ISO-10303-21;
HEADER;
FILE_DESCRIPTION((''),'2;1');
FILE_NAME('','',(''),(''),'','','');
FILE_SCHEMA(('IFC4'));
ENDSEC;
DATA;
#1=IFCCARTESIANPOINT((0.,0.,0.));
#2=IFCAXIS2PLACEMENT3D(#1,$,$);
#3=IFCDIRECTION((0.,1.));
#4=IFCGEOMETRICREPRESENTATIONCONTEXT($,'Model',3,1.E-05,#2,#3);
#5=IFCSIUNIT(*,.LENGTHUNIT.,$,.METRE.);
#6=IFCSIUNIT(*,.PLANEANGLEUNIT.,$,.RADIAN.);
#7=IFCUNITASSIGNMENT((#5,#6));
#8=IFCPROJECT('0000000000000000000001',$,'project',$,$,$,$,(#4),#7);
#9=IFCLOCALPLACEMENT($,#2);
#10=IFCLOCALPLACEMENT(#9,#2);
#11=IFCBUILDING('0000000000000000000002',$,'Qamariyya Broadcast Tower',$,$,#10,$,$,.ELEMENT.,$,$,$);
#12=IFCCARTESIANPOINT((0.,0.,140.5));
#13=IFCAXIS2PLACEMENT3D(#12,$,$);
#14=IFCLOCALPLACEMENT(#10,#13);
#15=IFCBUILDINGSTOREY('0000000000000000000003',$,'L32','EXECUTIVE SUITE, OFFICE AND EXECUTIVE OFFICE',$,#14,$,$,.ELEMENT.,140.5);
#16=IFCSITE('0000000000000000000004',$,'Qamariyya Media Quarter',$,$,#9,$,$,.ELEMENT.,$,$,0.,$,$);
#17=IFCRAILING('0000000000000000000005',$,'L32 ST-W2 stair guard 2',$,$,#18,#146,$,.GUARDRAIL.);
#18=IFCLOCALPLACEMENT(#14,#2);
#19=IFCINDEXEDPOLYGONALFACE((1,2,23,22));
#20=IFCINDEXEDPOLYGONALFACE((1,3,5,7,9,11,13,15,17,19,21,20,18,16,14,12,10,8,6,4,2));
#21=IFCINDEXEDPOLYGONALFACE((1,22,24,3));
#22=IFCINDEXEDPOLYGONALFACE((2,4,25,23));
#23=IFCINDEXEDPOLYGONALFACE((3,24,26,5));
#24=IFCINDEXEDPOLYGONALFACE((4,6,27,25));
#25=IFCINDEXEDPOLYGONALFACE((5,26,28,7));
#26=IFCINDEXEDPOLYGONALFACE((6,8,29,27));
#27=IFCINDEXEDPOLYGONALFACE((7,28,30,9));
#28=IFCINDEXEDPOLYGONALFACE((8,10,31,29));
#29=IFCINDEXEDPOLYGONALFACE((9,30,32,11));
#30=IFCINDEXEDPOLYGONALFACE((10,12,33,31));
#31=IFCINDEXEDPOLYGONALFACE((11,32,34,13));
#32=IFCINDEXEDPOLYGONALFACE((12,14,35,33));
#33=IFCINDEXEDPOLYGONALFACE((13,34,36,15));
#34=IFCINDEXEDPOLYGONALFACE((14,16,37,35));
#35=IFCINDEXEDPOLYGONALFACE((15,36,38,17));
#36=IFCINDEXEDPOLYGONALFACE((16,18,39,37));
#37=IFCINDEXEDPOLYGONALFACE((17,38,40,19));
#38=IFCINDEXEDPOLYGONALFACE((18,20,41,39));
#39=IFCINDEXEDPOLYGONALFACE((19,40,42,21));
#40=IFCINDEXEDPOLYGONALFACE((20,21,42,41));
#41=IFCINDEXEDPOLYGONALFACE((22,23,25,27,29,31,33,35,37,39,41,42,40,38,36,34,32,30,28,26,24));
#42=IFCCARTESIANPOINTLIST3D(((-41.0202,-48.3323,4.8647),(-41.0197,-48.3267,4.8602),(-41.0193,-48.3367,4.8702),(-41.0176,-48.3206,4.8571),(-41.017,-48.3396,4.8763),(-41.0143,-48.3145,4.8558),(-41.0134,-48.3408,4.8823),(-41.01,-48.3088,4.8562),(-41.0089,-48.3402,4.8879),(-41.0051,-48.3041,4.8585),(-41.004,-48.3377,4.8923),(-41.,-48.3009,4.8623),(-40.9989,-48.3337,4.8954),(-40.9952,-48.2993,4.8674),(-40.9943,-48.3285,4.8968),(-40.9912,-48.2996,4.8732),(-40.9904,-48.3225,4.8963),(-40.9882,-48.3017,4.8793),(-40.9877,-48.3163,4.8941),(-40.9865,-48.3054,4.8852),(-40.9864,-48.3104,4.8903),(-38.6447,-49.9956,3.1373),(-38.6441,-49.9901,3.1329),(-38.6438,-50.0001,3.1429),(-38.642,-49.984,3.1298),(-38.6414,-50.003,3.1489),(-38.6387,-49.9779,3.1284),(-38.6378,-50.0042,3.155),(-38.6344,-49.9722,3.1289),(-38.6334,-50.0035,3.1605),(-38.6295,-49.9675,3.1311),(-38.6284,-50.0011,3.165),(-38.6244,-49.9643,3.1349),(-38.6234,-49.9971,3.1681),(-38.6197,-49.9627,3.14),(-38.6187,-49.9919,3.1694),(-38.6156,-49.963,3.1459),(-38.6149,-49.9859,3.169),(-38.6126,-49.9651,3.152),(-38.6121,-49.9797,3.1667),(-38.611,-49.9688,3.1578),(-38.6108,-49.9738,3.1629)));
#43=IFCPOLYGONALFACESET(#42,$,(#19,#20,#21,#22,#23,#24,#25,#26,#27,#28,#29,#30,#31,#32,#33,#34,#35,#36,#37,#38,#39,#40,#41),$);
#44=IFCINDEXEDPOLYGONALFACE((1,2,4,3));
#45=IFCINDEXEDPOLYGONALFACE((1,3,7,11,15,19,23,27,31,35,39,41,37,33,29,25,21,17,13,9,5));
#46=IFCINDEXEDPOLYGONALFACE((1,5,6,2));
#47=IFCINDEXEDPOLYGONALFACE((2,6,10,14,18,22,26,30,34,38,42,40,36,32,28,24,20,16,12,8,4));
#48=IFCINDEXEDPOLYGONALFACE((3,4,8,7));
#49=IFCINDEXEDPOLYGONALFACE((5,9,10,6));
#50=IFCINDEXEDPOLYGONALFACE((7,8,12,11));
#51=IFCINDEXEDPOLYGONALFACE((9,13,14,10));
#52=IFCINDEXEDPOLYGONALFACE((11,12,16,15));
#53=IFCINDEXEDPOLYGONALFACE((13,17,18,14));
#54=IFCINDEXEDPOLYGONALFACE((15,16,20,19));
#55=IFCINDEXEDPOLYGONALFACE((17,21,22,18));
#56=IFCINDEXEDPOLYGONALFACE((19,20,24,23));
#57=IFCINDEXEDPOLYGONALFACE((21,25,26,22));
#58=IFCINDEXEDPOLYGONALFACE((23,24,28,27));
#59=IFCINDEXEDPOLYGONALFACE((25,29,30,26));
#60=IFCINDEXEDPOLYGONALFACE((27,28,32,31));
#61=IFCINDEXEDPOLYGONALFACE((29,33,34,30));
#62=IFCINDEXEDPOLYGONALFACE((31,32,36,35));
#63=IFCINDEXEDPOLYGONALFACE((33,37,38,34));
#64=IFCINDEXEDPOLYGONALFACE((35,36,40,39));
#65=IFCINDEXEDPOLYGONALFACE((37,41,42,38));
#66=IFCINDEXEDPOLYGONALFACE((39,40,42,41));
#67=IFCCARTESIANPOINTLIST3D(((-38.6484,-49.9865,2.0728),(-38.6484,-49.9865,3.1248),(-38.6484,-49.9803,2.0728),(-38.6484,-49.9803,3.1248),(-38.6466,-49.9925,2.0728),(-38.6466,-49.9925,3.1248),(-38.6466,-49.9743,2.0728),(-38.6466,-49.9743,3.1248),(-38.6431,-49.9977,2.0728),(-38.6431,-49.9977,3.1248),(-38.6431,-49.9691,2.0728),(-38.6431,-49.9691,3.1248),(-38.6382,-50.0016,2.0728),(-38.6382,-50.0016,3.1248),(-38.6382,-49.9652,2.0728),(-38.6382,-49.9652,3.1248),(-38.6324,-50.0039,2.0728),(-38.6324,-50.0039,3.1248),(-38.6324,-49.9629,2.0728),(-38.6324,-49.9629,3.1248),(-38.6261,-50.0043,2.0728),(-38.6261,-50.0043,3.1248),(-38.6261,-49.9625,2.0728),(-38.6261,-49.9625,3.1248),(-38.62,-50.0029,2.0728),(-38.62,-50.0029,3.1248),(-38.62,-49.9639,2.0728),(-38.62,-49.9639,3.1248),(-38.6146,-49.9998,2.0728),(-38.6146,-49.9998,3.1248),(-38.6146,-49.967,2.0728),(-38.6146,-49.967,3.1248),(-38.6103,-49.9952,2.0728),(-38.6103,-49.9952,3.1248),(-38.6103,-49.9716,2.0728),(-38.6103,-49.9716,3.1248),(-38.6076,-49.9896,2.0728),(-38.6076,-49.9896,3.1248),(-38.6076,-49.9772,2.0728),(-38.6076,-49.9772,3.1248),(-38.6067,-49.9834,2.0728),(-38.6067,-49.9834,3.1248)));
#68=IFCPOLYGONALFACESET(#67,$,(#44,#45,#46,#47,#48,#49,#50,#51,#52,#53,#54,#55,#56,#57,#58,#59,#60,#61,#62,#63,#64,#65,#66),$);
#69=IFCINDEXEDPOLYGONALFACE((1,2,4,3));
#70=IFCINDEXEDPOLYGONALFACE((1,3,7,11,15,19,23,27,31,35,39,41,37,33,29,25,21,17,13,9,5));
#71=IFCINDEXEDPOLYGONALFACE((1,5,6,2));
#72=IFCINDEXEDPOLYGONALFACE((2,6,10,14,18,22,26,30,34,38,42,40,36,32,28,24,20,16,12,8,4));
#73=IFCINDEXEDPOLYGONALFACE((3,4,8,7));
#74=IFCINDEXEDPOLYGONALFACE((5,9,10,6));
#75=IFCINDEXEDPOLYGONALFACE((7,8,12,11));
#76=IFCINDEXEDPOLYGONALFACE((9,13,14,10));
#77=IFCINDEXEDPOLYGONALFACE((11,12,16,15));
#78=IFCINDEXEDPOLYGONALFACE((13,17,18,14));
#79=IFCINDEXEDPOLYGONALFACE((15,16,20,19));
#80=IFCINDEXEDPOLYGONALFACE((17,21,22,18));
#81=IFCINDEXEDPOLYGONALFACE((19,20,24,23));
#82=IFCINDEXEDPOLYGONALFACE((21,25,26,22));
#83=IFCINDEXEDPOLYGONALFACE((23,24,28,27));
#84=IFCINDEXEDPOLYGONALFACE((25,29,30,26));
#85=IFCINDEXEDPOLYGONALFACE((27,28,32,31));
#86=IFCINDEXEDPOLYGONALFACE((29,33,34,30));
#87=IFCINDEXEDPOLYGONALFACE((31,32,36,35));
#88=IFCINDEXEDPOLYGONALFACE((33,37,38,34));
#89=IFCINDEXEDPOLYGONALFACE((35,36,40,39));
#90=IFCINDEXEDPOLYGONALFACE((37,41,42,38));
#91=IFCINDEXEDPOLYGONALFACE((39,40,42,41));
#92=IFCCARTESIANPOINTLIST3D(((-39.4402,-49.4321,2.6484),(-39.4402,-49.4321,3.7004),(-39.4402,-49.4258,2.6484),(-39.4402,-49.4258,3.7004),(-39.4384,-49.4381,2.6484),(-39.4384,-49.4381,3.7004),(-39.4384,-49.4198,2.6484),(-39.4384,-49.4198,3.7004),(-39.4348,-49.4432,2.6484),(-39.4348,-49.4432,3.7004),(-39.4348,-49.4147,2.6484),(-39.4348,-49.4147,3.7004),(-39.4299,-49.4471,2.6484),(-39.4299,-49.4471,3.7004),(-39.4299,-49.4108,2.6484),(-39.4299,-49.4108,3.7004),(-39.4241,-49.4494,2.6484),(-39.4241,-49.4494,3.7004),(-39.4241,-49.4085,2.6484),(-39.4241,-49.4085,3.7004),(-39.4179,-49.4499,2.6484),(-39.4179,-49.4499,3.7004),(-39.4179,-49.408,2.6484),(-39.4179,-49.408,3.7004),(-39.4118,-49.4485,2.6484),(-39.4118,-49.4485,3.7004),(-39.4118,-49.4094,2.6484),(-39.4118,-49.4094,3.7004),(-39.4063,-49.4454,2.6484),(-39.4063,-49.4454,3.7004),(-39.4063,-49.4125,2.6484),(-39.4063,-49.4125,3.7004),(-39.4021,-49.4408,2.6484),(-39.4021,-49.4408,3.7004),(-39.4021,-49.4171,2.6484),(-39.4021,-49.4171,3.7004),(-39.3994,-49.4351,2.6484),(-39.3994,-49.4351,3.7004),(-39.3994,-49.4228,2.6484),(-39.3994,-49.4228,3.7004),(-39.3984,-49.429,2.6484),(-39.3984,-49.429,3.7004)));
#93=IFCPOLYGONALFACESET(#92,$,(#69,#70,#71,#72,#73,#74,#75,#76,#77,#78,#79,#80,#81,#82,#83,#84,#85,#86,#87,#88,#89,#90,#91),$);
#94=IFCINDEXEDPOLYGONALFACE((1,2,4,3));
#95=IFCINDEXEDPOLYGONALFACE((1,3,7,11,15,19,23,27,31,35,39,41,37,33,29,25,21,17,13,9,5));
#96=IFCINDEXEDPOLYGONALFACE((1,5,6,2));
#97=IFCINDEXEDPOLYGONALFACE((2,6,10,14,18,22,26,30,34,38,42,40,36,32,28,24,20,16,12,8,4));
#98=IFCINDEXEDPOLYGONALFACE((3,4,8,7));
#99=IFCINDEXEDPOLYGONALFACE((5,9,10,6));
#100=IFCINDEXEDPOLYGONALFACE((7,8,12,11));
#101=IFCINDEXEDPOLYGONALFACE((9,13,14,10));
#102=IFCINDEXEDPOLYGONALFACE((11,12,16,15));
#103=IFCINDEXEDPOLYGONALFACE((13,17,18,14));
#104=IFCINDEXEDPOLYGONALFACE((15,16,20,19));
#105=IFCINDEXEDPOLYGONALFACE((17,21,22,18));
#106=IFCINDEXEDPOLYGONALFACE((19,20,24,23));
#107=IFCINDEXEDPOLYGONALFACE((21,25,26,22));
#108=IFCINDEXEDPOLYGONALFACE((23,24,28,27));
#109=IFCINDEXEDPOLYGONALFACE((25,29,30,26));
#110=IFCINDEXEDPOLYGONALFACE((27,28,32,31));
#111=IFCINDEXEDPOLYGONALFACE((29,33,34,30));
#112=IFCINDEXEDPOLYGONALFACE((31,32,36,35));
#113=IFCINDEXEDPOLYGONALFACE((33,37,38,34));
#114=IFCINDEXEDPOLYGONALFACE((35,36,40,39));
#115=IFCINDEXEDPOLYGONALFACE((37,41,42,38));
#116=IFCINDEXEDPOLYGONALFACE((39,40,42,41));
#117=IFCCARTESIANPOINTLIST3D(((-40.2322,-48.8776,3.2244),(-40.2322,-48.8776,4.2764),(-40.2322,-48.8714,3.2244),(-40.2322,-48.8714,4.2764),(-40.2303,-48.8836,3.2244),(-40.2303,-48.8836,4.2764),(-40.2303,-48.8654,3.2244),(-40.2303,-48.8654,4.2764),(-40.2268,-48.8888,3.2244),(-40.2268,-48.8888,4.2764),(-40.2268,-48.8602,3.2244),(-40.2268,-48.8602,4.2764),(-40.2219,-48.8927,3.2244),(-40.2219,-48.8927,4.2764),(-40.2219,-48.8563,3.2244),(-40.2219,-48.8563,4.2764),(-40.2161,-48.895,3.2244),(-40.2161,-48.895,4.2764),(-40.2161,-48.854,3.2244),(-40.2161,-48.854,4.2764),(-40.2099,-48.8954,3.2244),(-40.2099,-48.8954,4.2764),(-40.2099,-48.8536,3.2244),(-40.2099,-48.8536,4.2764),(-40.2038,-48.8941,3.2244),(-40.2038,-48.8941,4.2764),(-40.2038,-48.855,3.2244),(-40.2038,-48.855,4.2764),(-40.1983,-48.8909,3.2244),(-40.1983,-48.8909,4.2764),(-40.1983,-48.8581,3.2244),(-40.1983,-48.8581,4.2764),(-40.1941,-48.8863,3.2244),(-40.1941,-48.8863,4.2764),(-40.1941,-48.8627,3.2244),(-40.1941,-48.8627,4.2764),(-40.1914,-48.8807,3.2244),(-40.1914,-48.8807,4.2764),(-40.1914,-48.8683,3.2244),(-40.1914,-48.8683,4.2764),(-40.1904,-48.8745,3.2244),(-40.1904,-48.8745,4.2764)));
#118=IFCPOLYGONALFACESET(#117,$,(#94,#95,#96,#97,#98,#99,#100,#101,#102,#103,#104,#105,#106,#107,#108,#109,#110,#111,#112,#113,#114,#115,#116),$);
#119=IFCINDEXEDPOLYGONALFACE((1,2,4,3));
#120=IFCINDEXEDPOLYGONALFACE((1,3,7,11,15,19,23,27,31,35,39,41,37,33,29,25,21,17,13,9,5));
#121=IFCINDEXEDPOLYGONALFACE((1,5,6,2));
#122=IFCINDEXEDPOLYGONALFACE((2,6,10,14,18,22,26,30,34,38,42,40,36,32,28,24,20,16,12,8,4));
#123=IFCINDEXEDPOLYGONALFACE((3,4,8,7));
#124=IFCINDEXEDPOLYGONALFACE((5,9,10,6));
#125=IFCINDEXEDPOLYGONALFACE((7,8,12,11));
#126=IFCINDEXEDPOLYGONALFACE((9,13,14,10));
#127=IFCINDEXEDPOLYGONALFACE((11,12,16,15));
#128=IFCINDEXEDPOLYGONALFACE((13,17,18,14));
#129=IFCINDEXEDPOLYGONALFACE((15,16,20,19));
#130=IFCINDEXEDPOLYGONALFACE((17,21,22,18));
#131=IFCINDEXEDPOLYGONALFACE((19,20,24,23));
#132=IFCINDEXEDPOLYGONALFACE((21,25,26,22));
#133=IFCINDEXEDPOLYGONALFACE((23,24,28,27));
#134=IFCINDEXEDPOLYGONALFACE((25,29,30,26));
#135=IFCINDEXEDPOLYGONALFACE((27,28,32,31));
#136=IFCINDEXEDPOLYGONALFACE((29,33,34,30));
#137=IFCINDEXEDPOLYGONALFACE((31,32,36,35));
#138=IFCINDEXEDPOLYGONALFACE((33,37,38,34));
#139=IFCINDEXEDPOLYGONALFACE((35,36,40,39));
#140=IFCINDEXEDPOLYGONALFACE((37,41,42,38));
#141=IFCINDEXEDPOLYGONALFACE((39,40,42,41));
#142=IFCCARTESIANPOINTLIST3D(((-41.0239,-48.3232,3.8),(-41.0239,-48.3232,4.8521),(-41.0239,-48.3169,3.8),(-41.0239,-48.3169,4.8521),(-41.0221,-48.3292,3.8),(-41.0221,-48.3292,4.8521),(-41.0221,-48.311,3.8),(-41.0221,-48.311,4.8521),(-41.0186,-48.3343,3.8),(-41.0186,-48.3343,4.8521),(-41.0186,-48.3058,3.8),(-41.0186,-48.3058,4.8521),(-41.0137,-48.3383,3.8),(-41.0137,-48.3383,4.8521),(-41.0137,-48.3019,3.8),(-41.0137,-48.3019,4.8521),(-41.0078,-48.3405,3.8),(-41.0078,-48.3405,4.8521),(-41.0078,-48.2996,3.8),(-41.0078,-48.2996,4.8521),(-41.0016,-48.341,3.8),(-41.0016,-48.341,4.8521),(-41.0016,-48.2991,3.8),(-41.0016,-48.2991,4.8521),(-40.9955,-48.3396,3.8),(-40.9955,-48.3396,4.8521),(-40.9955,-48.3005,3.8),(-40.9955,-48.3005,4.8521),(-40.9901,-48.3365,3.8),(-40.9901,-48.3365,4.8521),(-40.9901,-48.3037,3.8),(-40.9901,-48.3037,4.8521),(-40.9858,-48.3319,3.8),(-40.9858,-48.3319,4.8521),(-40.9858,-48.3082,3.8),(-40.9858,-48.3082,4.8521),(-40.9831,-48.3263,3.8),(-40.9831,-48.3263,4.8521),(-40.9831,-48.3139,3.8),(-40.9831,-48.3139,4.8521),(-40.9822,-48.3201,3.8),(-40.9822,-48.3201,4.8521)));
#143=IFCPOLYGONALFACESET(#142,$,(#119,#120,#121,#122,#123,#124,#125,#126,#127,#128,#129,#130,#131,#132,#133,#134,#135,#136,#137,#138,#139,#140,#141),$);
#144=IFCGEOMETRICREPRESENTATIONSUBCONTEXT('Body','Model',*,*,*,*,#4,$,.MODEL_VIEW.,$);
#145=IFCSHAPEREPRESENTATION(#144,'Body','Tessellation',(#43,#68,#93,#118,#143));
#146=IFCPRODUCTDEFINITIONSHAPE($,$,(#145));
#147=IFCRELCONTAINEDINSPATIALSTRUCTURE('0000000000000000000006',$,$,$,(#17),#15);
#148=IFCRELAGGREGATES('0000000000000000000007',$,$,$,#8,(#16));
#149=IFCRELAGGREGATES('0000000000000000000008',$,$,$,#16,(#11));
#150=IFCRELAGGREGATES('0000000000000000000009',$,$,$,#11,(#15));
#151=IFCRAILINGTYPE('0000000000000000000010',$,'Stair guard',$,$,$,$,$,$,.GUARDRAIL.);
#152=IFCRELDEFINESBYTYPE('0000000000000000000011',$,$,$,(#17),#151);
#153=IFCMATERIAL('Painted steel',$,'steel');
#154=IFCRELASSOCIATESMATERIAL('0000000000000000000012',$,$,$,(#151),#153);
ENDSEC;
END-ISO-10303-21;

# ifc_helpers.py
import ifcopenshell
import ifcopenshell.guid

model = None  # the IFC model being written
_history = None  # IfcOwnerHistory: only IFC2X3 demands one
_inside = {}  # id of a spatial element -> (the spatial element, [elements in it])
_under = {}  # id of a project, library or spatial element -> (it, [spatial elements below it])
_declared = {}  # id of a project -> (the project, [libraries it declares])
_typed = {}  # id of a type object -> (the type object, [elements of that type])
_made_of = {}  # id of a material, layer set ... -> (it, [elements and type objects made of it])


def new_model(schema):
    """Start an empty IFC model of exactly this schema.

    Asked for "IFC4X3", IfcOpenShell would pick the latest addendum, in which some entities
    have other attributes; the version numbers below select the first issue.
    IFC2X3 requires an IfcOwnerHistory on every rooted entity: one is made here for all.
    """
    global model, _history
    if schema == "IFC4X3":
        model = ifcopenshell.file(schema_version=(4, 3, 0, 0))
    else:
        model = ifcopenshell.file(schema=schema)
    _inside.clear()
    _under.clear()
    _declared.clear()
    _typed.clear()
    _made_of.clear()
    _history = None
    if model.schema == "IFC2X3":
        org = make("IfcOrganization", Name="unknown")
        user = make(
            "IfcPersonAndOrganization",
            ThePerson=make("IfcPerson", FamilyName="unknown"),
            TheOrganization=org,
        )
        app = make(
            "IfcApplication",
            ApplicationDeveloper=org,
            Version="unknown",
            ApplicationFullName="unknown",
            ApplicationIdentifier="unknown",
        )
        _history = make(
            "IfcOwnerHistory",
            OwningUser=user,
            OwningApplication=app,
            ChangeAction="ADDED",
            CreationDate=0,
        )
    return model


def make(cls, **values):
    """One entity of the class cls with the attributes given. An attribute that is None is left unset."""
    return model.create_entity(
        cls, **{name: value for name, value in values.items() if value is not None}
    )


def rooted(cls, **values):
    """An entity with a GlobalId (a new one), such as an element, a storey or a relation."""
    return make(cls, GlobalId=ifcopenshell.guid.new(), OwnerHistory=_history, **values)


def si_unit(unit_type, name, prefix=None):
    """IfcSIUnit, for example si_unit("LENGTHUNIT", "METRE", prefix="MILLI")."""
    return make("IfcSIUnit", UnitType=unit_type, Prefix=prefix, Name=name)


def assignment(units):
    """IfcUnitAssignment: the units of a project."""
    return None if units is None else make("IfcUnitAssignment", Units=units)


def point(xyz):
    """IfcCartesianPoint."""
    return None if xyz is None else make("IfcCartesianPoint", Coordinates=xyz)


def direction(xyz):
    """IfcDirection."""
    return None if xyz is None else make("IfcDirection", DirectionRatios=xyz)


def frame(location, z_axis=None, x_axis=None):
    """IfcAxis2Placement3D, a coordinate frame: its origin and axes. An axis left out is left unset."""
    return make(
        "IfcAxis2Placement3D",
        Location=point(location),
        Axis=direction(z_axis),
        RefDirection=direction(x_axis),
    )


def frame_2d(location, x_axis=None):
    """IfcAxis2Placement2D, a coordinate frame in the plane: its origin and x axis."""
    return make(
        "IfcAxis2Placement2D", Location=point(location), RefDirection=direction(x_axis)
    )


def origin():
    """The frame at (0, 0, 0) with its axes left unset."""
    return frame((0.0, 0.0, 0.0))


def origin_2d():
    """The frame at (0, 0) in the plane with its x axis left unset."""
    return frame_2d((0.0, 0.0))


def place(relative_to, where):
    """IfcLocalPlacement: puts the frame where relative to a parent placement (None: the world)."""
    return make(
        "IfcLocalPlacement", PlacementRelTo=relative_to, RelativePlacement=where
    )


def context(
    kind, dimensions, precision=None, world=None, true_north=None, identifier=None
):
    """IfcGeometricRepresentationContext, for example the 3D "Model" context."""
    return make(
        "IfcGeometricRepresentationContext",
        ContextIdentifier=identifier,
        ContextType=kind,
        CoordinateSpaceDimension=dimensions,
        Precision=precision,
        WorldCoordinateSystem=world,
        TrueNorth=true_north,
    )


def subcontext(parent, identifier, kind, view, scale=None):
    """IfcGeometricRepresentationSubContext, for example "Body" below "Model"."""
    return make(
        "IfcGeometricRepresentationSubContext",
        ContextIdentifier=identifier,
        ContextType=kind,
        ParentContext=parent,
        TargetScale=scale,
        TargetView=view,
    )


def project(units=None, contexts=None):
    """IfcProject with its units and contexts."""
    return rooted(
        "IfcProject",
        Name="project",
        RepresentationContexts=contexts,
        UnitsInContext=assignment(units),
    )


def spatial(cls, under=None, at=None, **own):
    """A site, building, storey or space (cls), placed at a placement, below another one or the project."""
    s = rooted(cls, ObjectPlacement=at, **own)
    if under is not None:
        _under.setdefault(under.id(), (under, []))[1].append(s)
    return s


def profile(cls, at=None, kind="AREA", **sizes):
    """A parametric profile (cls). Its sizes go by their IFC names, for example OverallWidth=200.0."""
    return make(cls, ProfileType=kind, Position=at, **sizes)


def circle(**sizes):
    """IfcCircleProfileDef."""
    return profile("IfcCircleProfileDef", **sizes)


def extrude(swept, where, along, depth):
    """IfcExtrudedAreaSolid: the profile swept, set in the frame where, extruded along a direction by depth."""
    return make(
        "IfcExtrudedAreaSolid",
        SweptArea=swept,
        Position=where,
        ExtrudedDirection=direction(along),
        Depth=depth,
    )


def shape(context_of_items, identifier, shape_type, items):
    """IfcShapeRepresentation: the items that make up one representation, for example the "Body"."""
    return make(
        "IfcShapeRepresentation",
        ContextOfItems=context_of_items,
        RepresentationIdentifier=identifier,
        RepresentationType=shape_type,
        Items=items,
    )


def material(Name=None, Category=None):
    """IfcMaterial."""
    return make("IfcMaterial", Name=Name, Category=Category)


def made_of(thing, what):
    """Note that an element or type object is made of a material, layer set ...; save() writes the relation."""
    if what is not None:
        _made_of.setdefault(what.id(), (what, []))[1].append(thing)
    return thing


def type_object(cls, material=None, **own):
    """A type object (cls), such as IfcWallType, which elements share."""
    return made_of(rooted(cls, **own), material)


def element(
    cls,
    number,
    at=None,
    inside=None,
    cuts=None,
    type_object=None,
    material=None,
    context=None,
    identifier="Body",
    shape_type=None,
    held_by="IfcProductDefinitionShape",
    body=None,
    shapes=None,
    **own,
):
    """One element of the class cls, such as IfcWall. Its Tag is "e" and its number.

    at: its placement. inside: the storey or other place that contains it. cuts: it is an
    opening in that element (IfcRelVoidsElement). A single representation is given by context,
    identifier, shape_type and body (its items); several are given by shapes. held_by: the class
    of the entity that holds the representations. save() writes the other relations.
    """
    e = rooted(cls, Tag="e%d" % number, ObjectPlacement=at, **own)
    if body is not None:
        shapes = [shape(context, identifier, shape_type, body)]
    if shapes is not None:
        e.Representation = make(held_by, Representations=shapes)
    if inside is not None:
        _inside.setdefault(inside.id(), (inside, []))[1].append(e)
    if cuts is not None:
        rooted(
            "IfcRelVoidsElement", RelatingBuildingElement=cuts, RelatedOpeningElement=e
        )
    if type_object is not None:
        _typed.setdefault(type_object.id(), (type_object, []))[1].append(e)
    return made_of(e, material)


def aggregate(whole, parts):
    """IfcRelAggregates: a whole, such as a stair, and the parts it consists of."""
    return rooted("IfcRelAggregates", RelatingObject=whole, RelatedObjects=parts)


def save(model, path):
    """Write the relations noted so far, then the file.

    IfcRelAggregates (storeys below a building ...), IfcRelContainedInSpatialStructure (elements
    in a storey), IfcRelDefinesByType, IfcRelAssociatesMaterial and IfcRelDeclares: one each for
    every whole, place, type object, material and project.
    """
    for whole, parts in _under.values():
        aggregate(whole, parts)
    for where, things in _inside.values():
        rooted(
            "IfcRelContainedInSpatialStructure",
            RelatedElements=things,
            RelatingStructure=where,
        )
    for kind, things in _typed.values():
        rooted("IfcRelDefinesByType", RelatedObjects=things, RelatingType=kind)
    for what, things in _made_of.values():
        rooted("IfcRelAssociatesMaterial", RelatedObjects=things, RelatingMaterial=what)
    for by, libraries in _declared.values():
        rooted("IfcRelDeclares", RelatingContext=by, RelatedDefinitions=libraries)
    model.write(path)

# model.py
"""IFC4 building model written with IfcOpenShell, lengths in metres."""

from ifc_helpers import new_model, si_unit, direction, frame, origin, origin_2d, place, context, subcontext, project, spatial, circle, extrude, material, type_object, element, save


model = new_model("IFC4")

# Units and contexts
model_context = context("Model", 3, precision=1e-05, world=origin(), true_north=direction((0.0, 1.0)))
body_context = subcontext(model_context, "Body", "Model", "MODEL_VIEW")
ifc_project = project(units=[si_unit("LENGTHUNIT", "METRE"), si_unit("PLANEANGLEUNIT", "RADIAN")], contexts=[model_context])

# Site, building, storey
site_placement = place(None, origin())
site = spatial("IfcSite", under=ifc_project, at=site_placement, Name="Qamariyya Media Quarter", CompositionType="ELEMENT", RefElevation=0.0)
building_placement = place(site_placement, origin())
building = spatial("IfcBuilding", under=site, at=building_placement, Name="Qamariyya Broadcast Tower", CompositionType="ELEMENT")
storey_placement = place(building_placement, frame((0.0, 0.0, 140.5)))
storey = spatial("IfcBuildingStorey", under=building, at=storey_placement, Name="L32", Description="EXECUTIVE SUITE, OFFICE AND EXECUTIVE OFFICE", CompositionType="ELEMENT", Elevation=140.5)

# Railing
ifc_material_1 = material(Name="Painted steel", Category="steel")
railing_type_1 = type_object("IfcRailingType", Name="Stair guard", PredefinedType="GUARDRAIL", material=ifc_material_1)
railing_1_placement = place(storey_placement, frame((-38.6277, -49.9834, 2.0728)))
element("IfcRailing", 1, at=railing_1_placement, inside=storey, type_object=railing_type_1, Name="L32 ST-W2 stair guard 2", PredefinedType="GUARDRAIL", context=body_context, shape_type="SweptSolid", body=[
    extrude(circle(Radius=0.0239, at=origin_2d()), frame((0.0, 0.0, 1.0762), z_axis=(-0.70377, 0.492784, 0.511734), x_axis=(-0.573575, -0.819153, 0.0)), (0.0, 0.0, 1.0), 3.3755),
    extrude(circle(Radius=0.021, at=origin_2d()), origin(), (0.0, 0.0, 1.0), 1.052),
    extrude(circle(Radius=0.021, at=origin_2d()), frame((-0.7917, 0.5544, 0.5757)), (0.0, 0.0, 1.0), 1.052),
    extrude(circle(Radius=0.021, at=origin_2d()), frame((-1.5837, 1.1089, 1.1516)), (0.0, 0.0, 1.0), 1.052),
    extrude(circle(Radius=0.021, at=origin_2d()), frame((-2.3755, 1.6633, 1.7273)), (0.0, 0.0, 1.0), 1.052),
])

save(model, "model.ifc")
